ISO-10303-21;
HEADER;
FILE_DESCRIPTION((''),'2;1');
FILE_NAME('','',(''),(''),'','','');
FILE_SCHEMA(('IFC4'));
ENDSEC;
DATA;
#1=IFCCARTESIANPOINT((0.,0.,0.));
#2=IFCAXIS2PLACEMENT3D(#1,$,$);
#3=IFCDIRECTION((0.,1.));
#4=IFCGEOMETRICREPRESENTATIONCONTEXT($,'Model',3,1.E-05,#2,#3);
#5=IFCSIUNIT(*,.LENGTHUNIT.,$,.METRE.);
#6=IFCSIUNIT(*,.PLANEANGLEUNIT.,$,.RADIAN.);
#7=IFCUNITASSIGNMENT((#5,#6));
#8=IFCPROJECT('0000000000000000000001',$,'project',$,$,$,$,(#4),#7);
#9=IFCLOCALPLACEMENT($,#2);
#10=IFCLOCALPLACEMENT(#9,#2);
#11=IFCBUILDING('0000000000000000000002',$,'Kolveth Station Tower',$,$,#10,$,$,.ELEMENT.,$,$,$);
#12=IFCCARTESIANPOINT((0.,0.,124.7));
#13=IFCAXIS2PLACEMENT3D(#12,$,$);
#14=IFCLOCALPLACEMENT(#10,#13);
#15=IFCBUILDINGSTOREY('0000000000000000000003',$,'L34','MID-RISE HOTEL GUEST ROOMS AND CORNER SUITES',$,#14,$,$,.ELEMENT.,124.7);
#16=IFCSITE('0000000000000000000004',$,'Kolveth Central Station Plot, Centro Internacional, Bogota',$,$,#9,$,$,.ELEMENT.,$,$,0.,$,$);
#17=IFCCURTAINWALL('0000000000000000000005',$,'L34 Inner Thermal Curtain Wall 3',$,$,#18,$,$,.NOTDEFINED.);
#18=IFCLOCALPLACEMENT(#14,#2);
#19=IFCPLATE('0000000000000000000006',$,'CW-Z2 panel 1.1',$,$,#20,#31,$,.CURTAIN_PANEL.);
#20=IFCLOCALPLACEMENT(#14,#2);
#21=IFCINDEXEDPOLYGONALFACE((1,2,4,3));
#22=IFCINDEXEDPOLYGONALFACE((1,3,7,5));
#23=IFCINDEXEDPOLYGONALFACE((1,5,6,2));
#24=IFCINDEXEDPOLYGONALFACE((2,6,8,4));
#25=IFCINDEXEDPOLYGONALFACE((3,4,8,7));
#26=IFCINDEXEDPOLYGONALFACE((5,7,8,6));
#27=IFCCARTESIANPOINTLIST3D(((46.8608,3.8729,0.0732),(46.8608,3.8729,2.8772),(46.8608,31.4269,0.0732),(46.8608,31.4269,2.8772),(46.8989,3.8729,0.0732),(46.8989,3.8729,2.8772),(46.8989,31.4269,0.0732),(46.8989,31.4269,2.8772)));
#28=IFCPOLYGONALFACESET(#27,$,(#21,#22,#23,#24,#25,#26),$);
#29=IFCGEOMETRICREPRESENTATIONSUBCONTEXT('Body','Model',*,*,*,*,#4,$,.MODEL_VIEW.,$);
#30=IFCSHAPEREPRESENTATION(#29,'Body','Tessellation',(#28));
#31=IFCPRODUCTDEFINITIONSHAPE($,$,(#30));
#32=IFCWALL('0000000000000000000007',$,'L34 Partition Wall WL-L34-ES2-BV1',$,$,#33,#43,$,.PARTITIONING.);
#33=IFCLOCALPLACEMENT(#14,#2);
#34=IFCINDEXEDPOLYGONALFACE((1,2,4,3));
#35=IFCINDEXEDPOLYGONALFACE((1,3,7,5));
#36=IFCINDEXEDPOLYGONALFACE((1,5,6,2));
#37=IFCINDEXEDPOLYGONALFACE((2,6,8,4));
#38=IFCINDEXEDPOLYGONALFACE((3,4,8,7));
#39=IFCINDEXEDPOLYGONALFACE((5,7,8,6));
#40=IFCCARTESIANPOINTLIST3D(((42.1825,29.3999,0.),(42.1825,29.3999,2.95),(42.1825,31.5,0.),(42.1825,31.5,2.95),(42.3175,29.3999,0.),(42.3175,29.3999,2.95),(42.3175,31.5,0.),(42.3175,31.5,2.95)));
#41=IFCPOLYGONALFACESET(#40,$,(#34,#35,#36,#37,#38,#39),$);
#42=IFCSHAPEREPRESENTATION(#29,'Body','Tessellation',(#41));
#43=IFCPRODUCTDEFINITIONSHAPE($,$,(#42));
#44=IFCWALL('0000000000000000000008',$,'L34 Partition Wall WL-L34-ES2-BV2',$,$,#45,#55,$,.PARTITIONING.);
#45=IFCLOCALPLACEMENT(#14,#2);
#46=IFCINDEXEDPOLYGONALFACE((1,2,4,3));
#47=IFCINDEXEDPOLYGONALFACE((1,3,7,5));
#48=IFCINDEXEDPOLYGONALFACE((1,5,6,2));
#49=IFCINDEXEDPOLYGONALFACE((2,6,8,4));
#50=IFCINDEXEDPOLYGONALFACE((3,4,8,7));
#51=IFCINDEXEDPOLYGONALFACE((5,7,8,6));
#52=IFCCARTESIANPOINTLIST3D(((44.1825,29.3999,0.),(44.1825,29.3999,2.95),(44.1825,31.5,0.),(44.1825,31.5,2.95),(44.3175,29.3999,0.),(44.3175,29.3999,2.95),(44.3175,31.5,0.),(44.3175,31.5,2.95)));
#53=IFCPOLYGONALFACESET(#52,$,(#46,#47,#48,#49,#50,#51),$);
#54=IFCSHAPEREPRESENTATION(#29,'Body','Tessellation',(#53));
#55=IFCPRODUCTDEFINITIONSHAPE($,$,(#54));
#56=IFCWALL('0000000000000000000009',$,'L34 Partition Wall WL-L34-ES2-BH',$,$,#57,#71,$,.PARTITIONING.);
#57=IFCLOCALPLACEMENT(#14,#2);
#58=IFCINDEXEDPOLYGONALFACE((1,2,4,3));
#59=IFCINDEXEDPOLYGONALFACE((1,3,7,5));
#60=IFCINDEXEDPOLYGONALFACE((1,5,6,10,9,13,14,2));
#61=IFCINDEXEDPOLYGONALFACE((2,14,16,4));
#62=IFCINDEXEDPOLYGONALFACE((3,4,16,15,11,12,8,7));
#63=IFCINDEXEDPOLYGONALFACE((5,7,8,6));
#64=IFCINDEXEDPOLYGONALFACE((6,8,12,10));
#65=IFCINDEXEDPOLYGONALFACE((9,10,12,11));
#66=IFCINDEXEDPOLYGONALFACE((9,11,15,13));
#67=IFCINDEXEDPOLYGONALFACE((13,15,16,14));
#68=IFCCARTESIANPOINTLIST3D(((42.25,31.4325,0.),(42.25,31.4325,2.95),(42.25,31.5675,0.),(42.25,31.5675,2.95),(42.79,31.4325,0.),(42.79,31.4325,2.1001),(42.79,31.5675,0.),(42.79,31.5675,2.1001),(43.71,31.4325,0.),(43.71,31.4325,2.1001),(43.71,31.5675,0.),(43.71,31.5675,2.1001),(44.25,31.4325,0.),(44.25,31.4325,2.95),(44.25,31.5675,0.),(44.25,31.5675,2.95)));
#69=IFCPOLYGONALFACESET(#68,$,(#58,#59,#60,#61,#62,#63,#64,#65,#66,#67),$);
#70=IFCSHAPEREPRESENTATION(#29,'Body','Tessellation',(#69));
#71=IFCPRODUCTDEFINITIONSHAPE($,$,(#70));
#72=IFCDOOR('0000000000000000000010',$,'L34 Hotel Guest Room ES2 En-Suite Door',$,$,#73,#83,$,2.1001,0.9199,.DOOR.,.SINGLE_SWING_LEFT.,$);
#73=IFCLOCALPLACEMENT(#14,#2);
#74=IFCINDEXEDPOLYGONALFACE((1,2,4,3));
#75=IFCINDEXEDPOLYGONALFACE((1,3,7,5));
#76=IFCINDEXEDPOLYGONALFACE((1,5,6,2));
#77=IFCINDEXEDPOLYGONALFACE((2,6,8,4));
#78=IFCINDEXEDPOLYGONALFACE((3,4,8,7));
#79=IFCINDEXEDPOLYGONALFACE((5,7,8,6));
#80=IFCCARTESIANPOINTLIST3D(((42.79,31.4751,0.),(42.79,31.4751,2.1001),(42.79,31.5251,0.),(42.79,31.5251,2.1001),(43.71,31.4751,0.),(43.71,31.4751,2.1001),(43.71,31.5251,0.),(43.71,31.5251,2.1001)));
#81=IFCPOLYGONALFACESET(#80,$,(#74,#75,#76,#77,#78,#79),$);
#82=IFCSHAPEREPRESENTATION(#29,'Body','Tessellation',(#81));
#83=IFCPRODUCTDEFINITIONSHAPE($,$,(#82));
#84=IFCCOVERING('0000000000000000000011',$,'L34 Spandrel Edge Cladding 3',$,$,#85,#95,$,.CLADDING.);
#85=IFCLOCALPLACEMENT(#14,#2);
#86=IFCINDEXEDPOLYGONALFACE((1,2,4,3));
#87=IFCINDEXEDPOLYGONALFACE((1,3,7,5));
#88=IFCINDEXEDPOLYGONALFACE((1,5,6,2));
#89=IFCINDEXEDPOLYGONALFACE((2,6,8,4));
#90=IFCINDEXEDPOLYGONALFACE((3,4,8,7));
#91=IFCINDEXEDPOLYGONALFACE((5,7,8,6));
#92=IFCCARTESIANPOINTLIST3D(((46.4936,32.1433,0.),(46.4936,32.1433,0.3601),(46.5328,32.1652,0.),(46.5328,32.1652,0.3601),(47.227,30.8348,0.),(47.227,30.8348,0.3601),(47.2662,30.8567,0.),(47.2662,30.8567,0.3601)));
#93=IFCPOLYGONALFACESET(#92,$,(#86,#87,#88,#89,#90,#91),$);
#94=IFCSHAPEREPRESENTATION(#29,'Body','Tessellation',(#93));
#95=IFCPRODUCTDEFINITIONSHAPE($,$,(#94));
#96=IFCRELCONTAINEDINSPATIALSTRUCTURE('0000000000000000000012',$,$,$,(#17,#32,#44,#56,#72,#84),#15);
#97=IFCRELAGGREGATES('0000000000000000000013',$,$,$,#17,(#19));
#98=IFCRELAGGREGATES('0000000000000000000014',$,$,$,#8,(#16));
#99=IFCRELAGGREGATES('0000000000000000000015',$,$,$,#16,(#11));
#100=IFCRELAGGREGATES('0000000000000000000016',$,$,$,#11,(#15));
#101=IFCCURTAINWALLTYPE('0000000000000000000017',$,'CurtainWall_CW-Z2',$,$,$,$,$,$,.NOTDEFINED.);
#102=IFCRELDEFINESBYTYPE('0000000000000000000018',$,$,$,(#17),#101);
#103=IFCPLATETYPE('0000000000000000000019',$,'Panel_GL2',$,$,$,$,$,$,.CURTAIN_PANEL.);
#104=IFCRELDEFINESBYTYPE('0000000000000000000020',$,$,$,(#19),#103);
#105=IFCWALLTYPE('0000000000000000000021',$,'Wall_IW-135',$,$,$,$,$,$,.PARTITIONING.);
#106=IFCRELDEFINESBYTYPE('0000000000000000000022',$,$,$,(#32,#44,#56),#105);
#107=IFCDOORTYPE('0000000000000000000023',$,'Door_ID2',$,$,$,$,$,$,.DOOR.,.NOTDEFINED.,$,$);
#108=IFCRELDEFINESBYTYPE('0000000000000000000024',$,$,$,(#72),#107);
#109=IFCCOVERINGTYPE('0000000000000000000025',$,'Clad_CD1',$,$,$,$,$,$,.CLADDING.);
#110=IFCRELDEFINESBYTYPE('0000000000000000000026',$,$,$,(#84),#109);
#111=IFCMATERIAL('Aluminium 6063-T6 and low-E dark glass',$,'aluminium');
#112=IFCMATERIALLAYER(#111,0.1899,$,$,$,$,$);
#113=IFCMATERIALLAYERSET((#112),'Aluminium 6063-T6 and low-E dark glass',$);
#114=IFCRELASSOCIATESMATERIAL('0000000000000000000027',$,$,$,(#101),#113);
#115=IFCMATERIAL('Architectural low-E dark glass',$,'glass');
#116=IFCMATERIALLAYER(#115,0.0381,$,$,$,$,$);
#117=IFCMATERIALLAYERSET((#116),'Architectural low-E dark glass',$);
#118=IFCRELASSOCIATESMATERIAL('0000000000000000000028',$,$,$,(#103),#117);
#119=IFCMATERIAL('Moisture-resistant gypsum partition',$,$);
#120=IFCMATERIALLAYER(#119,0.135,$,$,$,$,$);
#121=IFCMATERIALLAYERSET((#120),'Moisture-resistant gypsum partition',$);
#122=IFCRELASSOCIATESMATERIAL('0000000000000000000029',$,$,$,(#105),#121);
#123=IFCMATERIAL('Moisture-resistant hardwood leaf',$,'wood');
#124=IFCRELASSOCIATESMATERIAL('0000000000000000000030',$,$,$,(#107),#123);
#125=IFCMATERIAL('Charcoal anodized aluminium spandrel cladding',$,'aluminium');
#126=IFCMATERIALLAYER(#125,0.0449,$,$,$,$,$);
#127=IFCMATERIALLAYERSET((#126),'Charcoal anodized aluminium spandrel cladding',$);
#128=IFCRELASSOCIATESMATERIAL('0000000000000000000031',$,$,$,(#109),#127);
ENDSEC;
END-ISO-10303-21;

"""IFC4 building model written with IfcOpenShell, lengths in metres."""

from ifc_helpers import new_model, si_unit, direction, frame, frame_2d, origin, origin_2d, place, context, subcontext, project, spatial, rectangle, extrude, source, transform, mapped, material, layer, layer_set, type_object, element, fill, aggregate, save


model = new_model("IFC4")

# Units and contexts
model_context = context("Model", 3, precision=1e-05, world=origin(), true_north=direction((0.0, 1.0)))
body_context = subcontext(model_context, "Body", "Model", "MODEL_VIEW")
ifc_project = project(units=[si_unit("LENGTHUNIT", "METRE"), si_unit("PLANEANGLEUNIT", "RADIAN")], contexts=[model_context])

# Site, building, storey
site_placement = place(None, origin())
site = spatial("IfcSite", under=ifc_project, at=site_placement, Name="Kolveth Central Station Plot, Centro Internacional, Bogota", CompositionType="ELEMENT", RefElevation=0.0)
building_placement = place(site_placement, origin())
building = spatial("IfcBuilding", under=site, at=building_placement, Name="Kolveth Station Tower", CompositionType="ELEMENT")
storey_placement = place(building_placement, frame((0.0, 0.0, 124.7)))
storey = spatial("IfcBuildingStorey", under=building, at=storey_placement, Name="L34", Description="MID-RISE HOTEL GUEST ROOMS AND CORNER SUITES", CompositionType="ELEMENT", Elevation=124.7)

# Curtain wall
ifc_material_1 = material(Name="Aluminium 6063-T6 and low-E dark glass", Category="aluminium")
ifc_layer_1 = layer(ifc_material_1, 0.1899)
ifc_layer_set_1 = layer_set([ifc_layer_1], Name="Aluminium 6063-T6 and low-E dark glass")
curtain_wall_type = type_object("IfcCurtainWallType", Name="CurtainWall_CW-Z2", PredefinedType="NOTDEFINED", material=ifc_layer_set_1)
curtain_wall_1_placement = place(storey_placement, origin())
curtain_wall_1 = element("IfcCurtainWall", 1, at=curtain_wall_1_placement, inside=storey, type_object=curtain_wall_type, Name="L34 Inner Thermal Curtain Wall 3", PredefinedType="NOTDEFINED")

# Plate
ifc_material_2 = material(Name="Architectural low-E dark glass", Category="glass")
ifc_layer_2 = layer(ifc_material_2, 0.0381)
ifc_layer_set_2 = layer_set([ifc_layer_2], Name="Architectural low-E dark glass")
plate_type = type_object("IfcPlateType", Name="Panel_GL2", PredefinedType="CURTAIN_PANEL", material=ifc_layer_set_2)
shared_shape_1 = source(origin(), body_context, "Body", "SweptSolid", [
    extrude(rectangle(XDim=27.554, YDim=0.0381, at=origin_2d()), origin(), (0.0, 0.0, 1.0), 2.804),
])
plate_placement = place(storey_placement, frame((46.8799, 17.6499, 0.0732), z_axis=(0.0, 0.0, 1.0), x_axis=(0.0, 1.0, 0.0)))
plate = element("IfcPlate", 2, at=plate_placement, type_object=plate_type, Name="CW-Z2 panel 1.1", PredefinedType="CURTAIN_PANEL", context=body_context, shape_type="MappedRepresentation", body=[
    mapped(shared_shape_1, transform((0.0, 0.0, 0.0), x_axis=(1.0, 0.0, 0.0), y_axis=(0.0, 1.0, 0.0), z_axis=(0.0, 0.0, 1.0), scale=1.0)),
])
aggregate(curtain_wall_1, [plate])

# Walls
ifc_material_3 = material(Name="Moisture-resistant gypsum partition")
ifc_layer_3 = layer(ifc_material_3, 0.135)
ifc_layer_set_3 = layer_set([ifc_layer_3], Name="Moisture-resistant gypsum partition")
wall_type = type_object("IfcWallType", Name="Wall_IW-135", PredefinedType="PARTITIONING", material=ifc_layer_set_3)
for number, where, z_axis, x_axis, name in (
    (3, (42.25, 29.3999, 0.0), (0.0, 0.0, 1.0), (0.0, 1.0, 0.0), "L34 Partition Wall WL-L34-ES2-BV1"),
    (4, (44.25, 29.3999, 0.0), (0.0, 0.0, 1.0), (0.0, 1.0, 0.0), "L34 Partition Wall WL-L34-ES2-BV2"),
):
    element("IfcWall", number, at=place(storey_placement, frame(where, z_axis=z_axis, x_axis=x_axis)), inside=storey, type_object=wall_type, Name=name, PredefinedType="PARTITIONING", context=body_context, shape_type="SweptSolid", body=[
        extrude(rectangle(XDim=2.1001, YDim=0.135, at=frame_2d((1.05, 0.0))), origin(), (0.0, 0.0, 1.0), 2.95),
    ])

# Wall, opening, door
wall_placement = place(storey_placement, frame((42.25, 31.5, 0.0), z_axis=(0.0, 0.0, 1.0), x_axis=(1.0, 0.0, 0.0)))
wall = element("IfcWall", 5, at=wall_placement, inside=storey, type_object=wall_type, Name="L34 Partition Wall WL-L34-ES2-BH", PredefinedType="PARTITIONING", context=body_context, shape_type="SweptSolid", body=[
    extrude(rectangle(XDim=2.0, YDim=0.135, at=frame_2d((1.0, 0.0))), origin(), (0.0, 0.0, 1.0), 2.95),
])
opening_placement = place(wall_placement, frame((0.54, 0.0, 0.0)))
opening = element("IfcOpeningElement", 6, at=opening_placement, cuts=wall, PredefinedType="OPENING", context=body_context, shape_type="SweptSolid", body=[
    extrude(rectangle(XDim=0.9199, YDim=2.1001, at=frame_2d((0.46, 1.05))), frame((0.0, 0.0774, 0.0), z_axis=(0.0, -1.0, 0.0), x_axis=(1.0, 0.0, 0.0)), (0.0, 0.0, 1.0), 0.155),
])
ifc_material_4 = material(Name="Moisture-resistant hardwood leaf", Category="wood")
door_type = type_object("IfcDoorType", Name="Door_ID2", OperationType="NOTDEFINED", PredefinedType="DOOR", material=ifc_material_4)
door_placement = place(opening_placement, frame((0.9199, 0.0, 0.0), z_axis=(0.0, 0.0, 1.0), x_axis=(-1.0, 0.0, 0.0)))
door = element("IfcDoor", 7, at=door_placement, inside=storey, type_object=door_type, Name="L34 Hotel Guest Room ES2 En-Suite Door", OperationType="SINGLE_SWING_LEFT", OverallHeight=2.1001, OverallWidth=0.9199, PredefinedType="DOOR", context=body_context, shape_type="SweptSolid", body=[
    extrude(rectangle(XDim=0.9199, YDim=2.1001, at=frame_2d((0.46, 1.05))), frame((0.0, 0.0249, 0.0), z_axis=(0.0, -1.0, 0.0), x_axis=(1.0, 0.0, 0.0)), (0.0, 0.0, 1.0), 0.05),
])
fill(opening, door)

# Covering
ifc_material_5 = material(Name="Charcoal anodized aluminium spandrel cladding", Category="aluminium")
ifc_layer_4 = layer(ifc_material_5, 0.0449)
ifc_layer_set_4 = layer_set([ifc_layer_4], Name="Charcoal anodized aluminium spandrel cladding")
covering_type = type_object("IfcCoveringType", Name="Clad_CD1", PredefinedType="CLADDING", material=ifc_layer_set_4)
shared_shape_2 = source(origin(), body_context, "Body", "SweptSolid", [
    extrude(rectangle(XDim=1.5, YDim=0.0449, at=origin_2d()), origin(), (0.0, 0.0, 1.0), 0.3601),
])
covering_placement = place(storey_placement, frame((46.8799, 31.5, 0.0), z_axis=(0.0, 0.0, 1.0), x_axis=(-0.488926, 0.872325, 0.0)))
element("IfcCovering", 8, at=covering_placement, inside=storey, type_object=covering_type, Name="L34 Spandrel Edge Cladding 3", PredefinedType="CLADDING", context=body_context, shape_type="MappedRepresentation", body=[
    mapped(shared_shape_2, transform((0.0, 0.0, 0.0), x_axis=(1.0, 0.0, 0.0), y_axis=(0.0, 1.0, 0.0), z_axis=(0.0, 0.0, 1.0), scale=1.0)),
])

save(model, "model.ifc")
